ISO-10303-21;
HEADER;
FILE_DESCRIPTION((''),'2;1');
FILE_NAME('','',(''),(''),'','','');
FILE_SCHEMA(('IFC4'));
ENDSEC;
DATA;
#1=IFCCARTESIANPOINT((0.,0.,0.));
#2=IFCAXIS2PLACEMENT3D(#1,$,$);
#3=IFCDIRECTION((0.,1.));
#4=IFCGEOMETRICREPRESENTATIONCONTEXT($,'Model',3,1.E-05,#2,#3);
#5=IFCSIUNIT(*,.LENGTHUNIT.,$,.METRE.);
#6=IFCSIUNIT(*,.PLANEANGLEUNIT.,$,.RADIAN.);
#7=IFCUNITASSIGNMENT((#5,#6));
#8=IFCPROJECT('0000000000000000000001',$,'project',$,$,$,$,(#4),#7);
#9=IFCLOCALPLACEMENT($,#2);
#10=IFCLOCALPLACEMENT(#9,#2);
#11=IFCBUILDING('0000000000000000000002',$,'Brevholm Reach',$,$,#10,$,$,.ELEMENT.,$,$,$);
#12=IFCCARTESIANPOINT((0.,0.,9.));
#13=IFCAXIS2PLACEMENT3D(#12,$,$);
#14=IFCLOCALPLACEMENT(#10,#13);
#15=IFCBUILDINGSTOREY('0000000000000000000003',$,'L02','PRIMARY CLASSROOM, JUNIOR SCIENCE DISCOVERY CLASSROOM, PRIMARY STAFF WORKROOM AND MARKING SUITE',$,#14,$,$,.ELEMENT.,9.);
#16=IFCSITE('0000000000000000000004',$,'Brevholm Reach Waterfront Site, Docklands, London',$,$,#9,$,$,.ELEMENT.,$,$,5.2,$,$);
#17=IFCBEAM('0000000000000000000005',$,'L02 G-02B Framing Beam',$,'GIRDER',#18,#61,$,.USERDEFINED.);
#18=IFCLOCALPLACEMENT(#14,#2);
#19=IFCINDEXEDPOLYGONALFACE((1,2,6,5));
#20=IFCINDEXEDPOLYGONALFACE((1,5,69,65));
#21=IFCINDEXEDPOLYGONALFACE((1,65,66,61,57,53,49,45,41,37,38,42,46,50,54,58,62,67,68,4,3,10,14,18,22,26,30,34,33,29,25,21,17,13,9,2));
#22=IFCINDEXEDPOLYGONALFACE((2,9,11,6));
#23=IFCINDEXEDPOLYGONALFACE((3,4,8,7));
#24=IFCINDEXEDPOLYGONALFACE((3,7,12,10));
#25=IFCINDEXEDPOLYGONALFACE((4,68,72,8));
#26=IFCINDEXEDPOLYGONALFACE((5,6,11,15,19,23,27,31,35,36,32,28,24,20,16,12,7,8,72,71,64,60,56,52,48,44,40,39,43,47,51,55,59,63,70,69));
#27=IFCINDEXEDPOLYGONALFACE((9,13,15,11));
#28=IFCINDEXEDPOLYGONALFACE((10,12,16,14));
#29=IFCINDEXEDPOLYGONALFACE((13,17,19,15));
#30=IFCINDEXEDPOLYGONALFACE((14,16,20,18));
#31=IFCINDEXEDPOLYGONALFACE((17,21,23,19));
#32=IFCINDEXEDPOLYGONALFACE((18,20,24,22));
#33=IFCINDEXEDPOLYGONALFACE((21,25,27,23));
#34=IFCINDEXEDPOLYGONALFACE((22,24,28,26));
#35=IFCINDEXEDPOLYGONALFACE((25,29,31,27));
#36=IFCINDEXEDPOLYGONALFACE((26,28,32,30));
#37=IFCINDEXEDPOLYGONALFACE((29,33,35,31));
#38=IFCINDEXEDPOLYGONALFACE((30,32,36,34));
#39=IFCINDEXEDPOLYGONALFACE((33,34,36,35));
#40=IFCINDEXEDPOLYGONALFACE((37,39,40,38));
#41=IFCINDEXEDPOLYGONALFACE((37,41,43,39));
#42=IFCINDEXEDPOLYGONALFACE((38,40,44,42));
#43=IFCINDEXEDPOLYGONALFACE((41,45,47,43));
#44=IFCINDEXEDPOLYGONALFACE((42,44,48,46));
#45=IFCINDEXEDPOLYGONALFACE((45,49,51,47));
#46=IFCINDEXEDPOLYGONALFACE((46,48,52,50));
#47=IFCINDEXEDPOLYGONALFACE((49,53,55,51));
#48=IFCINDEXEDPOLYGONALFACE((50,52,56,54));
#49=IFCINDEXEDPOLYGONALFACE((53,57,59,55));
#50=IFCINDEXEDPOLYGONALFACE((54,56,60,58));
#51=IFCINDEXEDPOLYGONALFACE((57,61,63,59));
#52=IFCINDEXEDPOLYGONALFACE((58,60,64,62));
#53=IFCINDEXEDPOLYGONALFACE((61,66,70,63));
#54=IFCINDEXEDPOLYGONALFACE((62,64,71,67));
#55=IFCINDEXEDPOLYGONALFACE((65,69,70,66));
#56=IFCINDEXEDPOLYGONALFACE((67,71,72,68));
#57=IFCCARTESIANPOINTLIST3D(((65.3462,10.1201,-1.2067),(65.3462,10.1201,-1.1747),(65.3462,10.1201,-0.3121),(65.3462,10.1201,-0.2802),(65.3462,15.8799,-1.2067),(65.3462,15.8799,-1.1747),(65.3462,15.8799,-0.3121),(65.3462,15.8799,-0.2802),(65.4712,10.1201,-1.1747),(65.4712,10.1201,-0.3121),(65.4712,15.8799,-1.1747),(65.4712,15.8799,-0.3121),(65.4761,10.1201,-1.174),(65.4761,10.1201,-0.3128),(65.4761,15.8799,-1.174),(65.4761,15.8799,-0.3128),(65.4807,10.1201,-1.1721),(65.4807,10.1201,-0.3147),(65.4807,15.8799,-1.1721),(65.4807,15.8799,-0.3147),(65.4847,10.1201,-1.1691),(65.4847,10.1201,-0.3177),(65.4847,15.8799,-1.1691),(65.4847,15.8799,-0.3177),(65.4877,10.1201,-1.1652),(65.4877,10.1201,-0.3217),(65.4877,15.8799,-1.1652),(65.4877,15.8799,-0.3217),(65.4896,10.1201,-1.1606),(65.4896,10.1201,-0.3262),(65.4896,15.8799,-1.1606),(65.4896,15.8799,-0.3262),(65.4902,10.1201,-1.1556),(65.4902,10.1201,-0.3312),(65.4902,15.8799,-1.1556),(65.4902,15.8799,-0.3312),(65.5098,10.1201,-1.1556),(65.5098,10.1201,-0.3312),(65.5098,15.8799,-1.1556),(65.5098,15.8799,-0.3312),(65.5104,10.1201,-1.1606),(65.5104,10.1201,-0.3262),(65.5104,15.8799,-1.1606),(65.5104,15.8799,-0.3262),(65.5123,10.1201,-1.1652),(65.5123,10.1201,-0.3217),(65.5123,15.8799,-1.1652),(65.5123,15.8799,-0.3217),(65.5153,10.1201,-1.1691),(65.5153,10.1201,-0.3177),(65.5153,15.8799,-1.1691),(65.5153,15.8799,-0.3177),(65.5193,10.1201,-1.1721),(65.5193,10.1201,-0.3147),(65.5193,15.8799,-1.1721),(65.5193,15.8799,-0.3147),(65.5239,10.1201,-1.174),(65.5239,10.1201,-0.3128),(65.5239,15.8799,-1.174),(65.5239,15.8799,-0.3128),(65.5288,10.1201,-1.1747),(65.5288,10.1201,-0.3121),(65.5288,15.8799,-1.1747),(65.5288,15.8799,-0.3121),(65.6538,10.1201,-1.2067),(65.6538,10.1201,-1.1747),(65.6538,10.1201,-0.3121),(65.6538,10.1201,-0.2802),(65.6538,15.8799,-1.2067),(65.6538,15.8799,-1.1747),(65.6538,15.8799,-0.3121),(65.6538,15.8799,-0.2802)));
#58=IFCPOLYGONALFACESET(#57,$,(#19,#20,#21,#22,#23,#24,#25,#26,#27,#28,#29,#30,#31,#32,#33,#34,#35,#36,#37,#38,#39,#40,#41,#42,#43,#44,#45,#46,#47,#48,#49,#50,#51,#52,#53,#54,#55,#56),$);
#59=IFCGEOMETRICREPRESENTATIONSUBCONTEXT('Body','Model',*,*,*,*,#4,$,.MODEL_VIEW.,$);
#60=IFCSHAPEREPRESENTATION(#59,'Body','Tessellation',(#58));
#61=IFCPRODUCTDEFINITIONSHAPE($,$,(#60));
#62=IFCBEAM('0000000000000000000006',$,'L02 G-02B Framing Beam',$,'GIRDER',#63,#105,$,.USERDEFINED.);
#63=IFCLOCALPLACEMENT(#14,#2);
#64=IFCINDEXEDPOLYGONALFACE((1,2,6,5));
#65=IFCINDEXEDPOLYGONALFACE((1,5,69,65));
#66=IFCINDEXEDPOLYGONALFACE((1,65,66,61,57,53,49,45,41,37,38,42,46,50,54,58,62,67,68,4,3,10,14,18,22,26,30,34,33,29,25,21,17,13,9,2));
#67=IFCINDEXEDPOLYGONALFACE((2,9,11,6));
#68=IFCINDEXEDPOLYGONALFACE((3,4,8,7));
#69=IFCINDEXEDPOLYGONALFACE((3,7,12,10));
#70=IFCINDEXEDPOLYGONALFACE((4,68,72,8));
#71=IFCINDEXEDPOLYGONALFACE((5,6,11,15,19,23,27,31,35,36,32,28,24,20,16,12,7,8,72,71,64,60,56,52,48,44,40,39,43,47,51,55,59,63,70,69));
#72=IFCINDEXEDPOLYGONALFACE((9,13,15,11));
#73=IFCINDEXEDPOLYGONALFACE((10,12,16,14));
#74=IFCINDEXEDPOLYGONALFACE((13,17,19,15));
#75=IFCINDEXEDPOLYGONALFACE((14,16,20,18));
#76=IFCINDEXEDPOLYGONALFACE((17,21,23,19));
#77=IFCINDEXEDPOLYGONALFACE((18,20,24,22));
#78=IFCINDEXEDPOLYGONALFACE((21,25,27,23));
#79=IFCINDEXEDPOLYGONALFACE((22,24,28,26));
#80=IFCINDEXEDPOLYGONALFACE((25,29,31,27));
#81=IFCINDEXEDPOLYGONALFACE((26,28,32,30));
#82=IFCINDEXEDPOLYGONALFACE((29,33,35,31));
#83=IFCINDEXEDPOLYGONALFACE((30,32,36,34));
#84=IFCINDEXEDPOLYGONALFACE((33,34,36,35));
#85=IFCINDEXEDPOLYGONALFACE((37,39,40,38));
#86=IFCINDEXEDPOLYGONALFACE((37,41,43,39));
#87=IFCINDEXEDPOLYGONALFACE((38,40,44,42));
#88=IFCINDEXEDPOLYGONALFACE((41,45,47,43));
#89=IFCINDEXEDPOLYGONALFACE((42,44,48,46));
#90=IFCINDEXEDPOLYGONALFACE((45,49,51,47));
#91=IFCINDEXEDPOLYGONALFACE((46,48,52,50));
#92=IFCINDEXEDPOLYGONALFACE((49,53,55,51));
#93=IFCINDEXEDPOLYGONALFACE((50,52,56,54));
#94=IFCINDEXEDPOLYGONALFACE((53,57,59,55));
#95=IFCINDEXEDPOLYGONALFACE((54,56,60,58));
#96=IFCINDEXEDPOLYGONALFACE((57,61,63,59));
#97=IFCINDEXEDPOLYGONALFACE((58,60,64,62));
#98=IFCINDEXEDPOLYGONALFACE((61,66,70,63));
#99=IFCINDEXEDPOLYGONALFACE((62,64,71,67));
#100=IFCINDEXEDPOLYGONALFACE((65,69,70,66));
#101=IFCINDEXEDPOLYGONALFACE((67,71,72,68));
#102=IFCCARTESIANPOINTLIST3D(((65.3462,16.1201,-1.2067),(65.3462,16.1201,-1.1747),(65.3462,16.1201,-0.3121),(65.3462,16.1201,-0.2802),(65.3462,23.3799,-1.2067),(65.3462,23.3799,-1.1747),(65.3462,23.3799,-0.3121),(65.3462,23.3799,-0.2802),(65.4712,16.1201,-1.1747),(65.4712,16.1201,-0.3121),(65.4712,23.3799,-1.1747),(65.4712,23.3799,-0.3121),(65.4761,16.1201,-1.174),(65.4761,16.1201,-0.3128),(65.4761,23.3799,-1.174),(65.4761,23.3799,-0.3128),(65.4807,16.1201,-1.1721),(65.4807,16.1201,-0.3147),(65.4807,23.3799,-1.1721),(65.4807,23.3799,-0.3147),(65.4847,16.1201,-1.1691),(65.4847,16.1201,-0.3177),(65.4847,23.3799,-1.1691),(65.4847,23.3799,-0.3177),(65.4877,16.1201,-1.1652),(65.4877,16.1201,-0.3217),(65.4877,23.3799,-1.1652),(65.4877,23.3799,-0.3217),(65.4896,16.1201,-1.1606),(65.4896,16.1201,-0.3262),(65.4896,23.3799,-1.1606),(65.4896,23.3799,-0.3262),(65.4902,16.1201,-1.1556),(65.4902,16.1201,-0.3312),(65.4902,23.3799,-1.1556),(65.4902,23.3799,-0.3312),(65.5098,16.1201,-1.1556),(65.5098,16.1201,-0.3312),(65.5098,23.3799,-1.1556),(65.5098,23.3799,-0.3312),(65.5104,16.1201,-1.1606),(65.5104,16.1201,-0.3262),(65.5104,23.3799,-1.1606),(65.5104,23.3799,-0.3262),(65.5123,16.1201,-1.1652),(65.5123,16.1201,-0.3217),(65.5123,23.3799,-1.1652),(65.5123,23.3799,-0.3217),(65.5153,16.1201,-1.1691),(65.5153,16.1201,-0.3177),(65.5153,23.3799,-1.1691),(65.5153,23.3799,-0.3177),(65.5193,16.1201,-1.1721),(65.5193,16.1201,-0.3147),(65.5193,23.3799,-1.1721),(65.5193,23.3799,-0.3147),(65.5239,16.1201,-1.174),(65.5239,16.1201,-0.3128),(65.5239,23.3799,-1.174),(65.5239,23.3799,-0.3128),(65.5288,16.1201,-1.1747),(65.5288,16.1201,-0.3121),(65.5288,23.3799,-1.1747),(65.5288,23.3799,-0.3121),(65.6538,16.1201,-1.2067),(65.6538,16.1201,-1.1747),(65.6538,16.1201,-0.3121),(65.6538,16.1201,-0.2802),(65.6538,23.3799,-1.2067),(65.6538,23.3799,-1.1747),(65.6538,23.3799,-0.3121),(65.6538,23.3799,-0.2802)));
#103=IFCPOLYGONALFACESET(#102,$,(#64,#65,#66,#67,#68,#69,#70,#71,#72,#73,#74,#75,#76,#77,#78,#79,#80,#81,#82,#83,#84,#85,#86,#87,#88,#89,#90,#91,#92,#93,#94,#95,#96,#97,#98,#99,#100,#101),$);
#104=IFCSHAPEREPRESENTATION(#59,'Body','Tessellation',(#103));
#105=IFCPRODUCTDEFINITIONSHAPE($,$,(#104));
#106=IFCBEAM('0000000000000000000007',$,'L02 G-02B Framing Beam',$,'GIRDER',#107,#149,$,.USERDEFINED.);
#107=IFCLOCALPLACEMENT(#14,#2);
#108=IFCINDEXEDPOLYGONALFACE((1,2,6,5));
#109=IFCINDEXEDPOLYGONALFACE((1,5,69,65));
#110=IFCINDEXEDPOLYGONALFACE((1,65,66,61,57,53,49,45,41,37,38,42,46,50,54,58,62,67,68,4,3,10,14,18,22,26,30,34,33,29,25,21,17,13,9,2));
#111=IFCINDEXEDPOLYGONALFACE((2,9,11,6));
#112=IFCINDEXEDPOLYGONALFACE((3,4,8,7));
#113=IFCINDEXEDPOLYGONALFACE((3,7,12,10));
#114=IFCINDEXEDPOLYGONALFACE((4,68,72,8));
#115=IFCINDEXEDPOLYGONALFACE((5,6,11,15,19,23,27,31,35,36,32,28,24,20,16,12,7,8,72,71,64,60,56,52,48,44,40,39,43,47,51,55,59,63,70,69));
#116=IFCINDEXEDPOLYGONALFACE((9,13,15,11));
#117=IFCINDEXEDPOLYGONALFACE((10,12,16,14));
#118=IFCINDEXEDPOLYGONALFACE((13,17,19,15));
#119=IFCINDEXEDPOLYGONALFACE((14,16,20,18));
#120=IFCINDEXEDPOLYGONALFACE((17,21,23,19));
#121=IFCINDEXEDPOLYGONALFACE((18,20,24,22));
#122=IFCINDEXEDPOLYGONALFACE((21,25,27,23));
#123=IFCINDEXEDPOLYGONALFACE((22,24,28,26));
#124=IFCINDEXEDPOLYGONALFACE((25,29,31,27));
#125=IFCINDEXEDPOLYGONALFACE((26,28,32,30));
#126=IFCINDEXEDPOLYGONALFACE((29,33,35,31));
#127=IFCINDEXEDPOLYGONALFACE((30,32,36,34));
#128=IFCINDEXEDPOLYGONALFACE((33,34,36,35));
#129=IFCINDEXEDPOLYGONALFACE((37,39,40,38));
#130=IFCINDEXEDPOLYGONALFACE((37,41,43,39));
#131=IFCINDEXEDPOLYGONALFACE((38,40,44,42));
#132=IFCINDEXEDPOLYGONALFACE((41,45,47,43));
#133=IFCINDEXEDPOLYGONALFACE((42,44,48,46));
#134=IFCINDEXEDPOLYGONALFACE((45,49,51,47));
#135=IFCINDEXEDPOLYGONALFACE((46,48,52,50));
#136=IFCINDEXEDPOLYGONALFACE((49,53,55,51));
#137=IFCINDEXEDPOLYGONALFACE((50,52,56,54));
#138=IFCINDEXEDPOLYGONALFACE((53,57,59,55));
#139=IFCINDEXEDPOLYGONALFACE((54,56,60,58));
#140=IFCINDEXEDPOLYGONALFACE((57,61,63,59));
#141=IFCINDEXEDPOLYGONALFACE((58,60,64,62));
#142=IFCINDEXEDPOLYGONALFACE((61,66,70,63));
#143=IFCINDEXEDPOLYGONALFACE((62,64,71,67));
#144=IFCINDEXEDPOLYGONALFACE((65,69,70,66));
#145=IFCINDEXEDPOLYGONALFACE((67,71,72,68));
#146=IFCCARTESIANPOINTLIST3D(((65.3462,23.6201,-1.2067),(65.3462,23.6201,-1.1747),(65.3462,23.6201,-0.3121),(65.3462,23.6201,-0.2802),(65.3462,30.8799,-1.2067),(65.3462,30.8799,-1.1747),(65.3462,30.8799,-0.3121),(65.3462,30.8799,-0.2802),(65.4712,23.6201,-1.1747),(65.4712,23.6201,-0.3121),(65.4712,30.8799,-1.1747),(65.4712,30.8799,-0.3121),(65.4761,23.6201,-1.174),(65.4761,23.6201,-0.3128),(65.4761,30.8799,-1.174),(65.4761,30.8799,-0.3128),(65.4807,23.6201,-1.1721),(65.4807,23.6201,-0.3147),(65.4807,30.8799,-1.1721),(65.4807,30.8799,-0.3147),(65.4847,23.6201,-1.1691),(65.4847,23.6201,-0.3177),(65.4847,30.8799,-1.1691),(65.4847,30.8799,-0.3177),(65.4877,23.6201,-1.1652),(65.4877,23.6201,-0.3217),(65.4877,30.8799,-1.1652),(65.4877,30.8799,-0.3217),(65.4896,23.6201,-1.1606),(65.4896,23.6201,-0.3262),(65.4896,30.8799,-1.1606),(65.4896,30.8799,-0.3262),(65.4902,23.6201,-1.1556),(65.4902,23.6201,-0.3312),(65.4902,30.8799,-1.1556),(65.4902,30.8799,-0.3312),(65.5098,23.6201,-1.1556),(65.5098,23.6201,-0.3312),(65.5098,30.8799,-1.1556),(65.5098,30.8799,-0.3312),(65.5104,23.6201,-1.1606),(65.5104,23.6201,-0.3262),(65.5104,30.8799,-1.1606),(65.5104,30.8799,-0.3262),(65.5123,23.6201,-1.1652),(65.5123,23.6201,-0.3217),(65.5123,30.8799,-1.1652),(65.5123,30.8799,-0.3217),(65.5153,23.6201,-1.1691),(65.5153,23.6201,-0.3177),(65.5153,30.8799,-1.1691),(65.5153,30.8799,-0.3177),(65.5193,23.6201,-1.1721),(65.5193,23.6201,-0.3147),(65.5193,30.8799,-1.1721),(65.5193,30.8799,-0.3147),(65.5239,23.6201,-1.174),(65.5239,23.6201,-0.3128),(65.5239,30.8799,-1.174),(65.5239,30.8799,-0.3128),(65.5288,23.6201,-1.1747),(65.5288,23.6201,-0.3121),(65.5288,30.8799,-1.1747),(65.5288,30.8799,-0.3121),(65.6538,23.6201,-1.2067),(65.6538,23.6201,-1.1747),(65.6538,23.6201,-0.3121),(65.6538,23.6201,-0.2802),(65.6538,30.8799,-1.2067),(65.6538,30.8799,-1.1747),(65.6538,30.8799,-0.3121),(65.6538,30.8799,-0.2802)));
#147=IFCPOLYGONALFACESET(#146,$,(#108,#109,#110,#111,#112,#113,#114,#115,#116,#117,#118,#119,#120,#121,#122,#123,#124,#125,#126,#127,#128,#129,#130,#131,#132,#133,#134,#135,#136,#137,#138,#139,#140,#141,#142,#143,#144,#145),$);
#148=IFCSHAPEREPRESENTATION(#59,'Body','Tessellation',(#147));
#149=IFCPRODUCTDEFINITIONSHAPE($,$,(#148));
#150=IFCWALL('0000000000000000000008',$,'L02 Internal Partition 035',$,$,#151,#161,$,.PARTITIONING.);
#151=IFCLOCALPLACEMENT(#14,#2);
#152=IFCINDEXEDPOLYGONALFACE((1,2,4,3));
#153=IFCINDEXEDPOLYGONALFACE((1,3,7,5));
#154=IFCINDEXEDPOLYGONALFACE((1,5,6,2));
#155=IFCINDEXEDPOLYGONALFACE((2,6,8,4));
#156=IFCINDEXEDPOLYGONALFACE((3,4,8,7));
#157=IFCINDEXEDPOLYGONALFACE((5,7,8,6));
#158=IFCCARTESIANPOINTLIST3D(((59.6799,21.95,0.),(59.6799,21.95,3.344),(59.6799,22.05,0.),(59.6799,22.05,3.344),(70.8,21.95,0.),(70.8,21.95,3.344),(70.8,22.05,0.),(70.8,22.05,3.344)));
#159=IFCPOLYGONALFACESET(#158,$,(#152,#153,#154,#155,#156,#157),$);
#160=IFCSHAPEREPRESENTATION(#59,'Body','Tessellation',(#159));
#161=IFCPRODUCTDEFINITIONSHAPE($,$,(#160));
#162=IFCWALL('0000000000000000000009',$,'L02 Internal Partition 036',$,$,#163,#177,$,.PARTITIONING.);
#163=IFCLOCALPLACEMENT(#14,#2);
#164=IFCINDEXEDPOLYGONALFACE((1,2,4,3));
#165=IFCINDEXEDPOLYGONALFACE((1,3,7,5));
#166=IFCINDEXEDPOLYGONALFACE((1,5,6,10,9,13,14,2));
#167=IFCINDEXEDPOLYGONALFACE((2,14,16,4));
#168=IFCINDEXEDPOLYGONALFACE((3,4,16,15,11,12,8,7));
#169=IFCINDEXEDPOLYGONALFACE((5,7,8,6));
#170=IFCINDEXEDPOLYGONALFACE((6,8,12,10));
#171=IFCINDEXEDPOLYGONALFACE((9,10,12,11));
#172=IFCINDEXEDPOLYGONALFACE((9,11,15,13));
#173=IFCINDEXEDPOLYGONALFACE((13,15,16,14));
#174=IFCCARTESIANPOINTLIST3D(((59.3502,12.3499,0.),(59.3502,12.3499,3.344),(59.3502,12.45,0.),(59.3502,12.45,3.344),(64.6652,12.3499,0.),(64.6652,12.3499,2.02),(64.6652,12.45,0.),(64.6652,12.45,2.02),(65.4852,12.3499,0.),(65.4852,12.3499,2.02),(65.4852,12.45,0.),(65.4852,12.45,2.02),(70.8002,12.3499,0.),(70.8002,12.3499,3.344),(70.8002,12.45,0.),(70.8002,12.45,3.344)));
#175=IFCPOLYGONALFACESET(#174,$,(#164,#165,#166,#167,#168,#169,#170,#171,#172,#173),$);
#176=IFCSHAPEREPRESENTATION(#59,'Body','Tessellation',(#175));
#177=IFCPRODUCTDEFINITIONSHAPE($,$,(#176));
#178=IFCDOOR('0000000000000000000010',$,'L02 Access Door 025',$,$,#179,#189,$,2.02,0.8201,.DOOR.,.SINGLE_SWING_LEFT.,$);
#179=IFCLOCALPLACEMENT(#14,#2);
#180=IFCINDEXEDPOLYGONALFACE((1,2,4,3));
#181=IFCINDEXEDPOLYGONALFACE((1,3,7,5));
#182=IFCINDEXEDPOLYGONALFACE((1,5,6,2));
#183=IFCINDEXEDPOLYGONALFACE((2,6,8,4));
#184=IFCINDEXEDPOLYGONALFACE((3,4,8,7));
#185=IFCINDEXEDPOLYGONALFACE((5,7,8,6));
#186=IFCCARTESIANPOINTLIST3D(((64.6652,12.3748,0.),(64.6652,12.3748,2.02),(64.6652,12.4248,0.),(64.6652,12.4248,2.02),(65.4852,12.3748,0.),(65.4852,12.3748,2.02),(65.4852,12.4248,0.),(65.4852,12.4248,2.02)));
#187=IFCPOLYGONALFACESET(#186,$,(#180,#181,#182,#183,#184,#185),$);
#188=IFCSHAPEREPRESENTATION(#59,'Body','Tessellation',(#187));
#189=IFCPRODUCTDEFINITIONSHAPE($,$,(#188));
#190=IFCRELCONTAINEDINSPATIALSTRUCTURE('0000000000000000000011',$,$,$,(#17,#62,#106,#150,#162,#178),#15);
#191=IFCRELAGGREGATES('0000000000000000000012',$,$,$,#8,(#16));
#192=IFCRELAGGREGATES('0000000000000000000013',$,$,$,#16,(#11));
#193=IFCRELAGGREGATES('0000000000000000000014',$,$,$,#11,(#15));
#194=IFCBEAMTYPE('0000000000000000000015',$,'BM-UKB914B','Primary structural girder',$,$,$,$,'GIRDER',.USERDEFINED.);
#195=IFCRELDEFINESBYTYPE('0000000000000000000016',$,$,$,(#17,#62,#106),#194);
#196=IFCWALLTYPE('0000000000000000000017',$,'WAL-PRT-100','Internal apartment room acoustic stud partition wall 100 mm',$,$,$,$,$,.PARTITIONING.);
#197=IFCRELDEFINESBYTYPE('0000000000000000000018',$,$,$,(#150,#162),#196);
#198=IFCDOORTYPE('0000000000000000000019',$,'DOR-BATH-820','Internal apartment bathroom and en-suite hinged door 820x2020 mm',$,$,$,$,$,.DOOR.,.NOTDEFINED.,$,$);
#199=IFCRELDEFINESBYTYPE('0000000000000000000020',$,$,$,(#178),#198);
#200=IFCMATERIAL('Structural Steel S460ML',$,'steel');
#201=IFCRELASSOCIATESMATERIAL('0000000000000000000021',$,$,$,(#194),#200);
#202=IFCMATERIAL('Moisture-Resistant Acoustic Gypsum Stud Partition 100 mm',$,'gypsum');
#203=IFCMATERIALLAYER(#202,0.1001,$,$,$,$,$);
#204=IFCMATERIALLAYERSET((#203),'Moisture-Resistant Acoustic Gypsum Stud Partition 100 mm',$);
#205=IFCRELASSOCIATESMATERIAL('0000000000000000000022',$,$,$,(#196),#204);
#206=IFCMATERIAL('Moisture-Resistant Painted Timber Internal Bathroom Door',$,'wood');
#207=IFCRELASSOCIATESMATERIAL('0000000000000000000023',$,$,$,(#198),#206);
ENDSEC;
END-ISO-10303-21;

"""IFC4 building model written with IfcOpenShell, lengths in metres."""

from ifc_helpers import new_model, si_unit, direction, frame, frame_2d, origin, origin_2d, place, context, subcontext, project, spatial, rectangle, i_section, extrude, material, layer, layer_set, material_profile, profile_set, type_object, element, fill, save


model = new_model("IFC4")

# Units and contexts
model_context = context("Model", 3, precision=1e-05, world=origin(), true_north=direction((0.0, 1.0)))
body_context = subcontext(model_context, "Body", "Model", "MODEL_VIEW")
ifc_project = project(units=[si_unit("LENGTHUNIT", "METRE"), si_unit("PLANEANGLEUNIT", "RADIAN")], contexts=[model_context])

# Site, building, storey
site_placement = place(None, origin())
site = spatial("IfcSite", under=ifc_project, at=site_placement, Name="Brevholm Reach Waterfront Site, Docklands, London", CompositionType="ELEMENT", RefElevation=5.2)
building_placement = place(site_placement, origin())
building = spatial("IfcBuilding", under=site, at=building_placement, Name="Brevholm Reach", CompositionType="ELEMENT")
storey_placement = place(building_placement, frame((0.0, 0.0, 9.0)))
storey = spatial("IfcBuildingStorey", under=building, at=storey_placement, Name="L02", Description="PRIMARY CLASSROOM, JUNIOR SCIENCE DISCOVERY CLASSROOM, PRIMARY STAFF WORKROOM AND MARKING SUITE", CompositionType="ELEMENT", Elevation=9.0)

# Beams
ifc_material_1 = material(Name="Structural Steel S460ML", Category="steel")
ifc_material_profile_1 = material_profile(ifc_material_1, i_section(OverallWidth=0.3076, OverallDepth=0.9265, WebThickness=0.0195, FlangeThickness=0.032, FilletRadius=0.019, at=origin_2d()), Name="UKB 914x305x289")
ifc_profile_set_1 = profile_set([ifc_material_profile_1], Name="Structural Steel S460ML")
beam_type_1 = type_object("IfcBeamType", Name="BM-UKB914B", Description="Primary structural girder", ElementType="GIRDER", PredefinedType="USERDEFINED", material=ifc_profile_set_1)
beam_1_placement = place(storey_placement, frame((65.5, 10.1201, -0.7434), z_axis=(0.0, 1.0, 0.0), x_axis=(-1.0, 0.0, 0.0)))
element("IfcBeam", 1, at=beam_1_placement, inside=storey, type_object=beam_type_1, Name="L02 G-02B Framing Beam", ObjectType="GIRDER", PredefinedType="USERDEFINED", context=body_context, shape_type="SweptSolid", body=[
    extrude(i_section(OverallWidth=0.3076, OverallDepth=0.9265, WebThickness=0.0195, FlangeThickness=0.032, FilletRadius=0.019, at=origin_2d()), origin(), (0.0, 0.0, 1.0), 5.7598),
])
for number, where, z_axis, x_axis, name in (
    (2, (65.5, 16.1201, -0.7434), (0.0, 1.0, 0.0), (-1.0, 0.0, 0.0), "L02 G-02B Framing Beam"),
    (3, (65.5, 23.6201, -0.7434), (0.0, 1.0, 0.0), (-1.0, 0.0, 0.0), "L02 G-02B Framing Beam"),
):
    element("IfcBeam", number, at=place(storey_placement, frame(where, z_axis=z_axis, x_axis=x_axis)), inside=storey, type_object=beam_type_1, Name=name, ObjectType="GIRDER", PredefinedType="USERDEFINED", context=body_context, shape_type="SweptSolid", body=[
        extrude(i_section(OverallWidth=0.3076, OverallDepth=0.9265, WebThickness=0.0195, FlangeThickness=0.032, FilletRadius=0.019, at=origin_2d()), origin(), (0.0, 0.0, 1.0), 7.2598),
    ])

# Wall
ifc_material_2 = material(Name="Moisture-Resistant Acoustic Gypsum Stud Partition 100 mm", Category="gypsum")
ifc_layer = layer(ifc_material_2, 0.1001)
ifc_layer_set = layer_set([ifc_layer], Name="Moisture-Resistant Acoustic Gypsum Stud Partition 100 mm")
wall_type = type_object("IfcWallType", Name="WAL-PRT-100", Description="Internal apartment room acoustic stud partition wall 100 mm", PredefinedType="PARTITIONING", material=ifc_layer_set)
wall_1_placement = place(storey_placement, frame((59.6799, 22.0, 0.0), z_axis=(0.0, 0.0, 1.0), x_axis=(1.0, 0.0, 0.0)))
element("IfcWall", 4, at=wall_1_placement, inside=storey, type_object=wall_type, Name="L02 Internal Partition 035", PredefinedType="PARTITIONING", context=body_context, shape_type="SweptSolid", body=[
    extrude(rectangle(XDim=11.1201, YDim=0.1001, at=frame_2d((5.5601, 0.0))), origin(), (0.0, 0.0, 1.0), 3.344),
])

# Wall, opening, door
wall_2_placement = place(storey_placement, frame((59.3501, 12.3999, 0.0), z_axis=(0.0, 0.0, 1.0), x_axis=(1.0, 0.0, 0.0)))
wall_2 = element("IfcWall", 5, at=wall_2_placement, inside=storey, type_object=wall_type, Name="L02 Internal Partition 036", PredefinedType="PARTITIONING", context=body_context, shape_type="SweptSolid", body=[
    extrude(rectangle(XDim=11.45, YDim=0.1001, at=frame_2d((5.7251, 0.0))), origin(), (0.0, 0.0, 1.0), 3.344),
])
opening_placement = place(wall_2_placement, frame((5.3149, 0.0, 0.0)))
opening = element("IfcOpeningElement", 6, at=opening_placement, cuts=wall_2, PredefinedType="OPENING", context=body_context, shape_type="SweptSolid", body=[
    extrude(rectangle(XDim=0.8201, YDim=2.02, at=frame_2d((0.4102, 1.01))), frame((0.0, 0.0601, 0.0), z_axis=(0.0, -1.0, 0.0), x_axis=(1.0, 0.0, 0.0)), (0.0, 0.0, 1.0), 0.1201),
])
ifc_material_3 = material(Name="Moisture-Resistant Painted Timber Internal Bathroom Door", Category="wood")
door_type = type_object("IfcDoorType", Name="DOR-BATH-820", Description="Internal apartment bathroom and en-suite hinged door 820x2020 mm", OperationType="NOTDEFINED", PredefinedType="DOOR", material=ifc_material_3)
door_placement = place(opening_placement, origin())
door = element("IfcDoor", 7, at=door_placement, inside=storey, type_object=door_type, Name="L02 Access Door 025", OperationType="SINGLE_SWING_LEFT", OverallHeight=2.02, OverallWidth=0.8201, PredefinedType="DOOR", context=body_context, shape_type="SweptSolid", body=[
    extrude(rectangle(XDim=0.8201, YDim=2.02, at=frame_2d((0.4102, 1.01))), frame((0.0, 0.0249, 0.0), z_axis=(0.0, -1.0, 0.0), x_axis=(1.0, 0.0, 0.0)), (0.0, 0.0, 1.0), 0.05),
])
fill(opening, door)

save(model, "model.ifc")
